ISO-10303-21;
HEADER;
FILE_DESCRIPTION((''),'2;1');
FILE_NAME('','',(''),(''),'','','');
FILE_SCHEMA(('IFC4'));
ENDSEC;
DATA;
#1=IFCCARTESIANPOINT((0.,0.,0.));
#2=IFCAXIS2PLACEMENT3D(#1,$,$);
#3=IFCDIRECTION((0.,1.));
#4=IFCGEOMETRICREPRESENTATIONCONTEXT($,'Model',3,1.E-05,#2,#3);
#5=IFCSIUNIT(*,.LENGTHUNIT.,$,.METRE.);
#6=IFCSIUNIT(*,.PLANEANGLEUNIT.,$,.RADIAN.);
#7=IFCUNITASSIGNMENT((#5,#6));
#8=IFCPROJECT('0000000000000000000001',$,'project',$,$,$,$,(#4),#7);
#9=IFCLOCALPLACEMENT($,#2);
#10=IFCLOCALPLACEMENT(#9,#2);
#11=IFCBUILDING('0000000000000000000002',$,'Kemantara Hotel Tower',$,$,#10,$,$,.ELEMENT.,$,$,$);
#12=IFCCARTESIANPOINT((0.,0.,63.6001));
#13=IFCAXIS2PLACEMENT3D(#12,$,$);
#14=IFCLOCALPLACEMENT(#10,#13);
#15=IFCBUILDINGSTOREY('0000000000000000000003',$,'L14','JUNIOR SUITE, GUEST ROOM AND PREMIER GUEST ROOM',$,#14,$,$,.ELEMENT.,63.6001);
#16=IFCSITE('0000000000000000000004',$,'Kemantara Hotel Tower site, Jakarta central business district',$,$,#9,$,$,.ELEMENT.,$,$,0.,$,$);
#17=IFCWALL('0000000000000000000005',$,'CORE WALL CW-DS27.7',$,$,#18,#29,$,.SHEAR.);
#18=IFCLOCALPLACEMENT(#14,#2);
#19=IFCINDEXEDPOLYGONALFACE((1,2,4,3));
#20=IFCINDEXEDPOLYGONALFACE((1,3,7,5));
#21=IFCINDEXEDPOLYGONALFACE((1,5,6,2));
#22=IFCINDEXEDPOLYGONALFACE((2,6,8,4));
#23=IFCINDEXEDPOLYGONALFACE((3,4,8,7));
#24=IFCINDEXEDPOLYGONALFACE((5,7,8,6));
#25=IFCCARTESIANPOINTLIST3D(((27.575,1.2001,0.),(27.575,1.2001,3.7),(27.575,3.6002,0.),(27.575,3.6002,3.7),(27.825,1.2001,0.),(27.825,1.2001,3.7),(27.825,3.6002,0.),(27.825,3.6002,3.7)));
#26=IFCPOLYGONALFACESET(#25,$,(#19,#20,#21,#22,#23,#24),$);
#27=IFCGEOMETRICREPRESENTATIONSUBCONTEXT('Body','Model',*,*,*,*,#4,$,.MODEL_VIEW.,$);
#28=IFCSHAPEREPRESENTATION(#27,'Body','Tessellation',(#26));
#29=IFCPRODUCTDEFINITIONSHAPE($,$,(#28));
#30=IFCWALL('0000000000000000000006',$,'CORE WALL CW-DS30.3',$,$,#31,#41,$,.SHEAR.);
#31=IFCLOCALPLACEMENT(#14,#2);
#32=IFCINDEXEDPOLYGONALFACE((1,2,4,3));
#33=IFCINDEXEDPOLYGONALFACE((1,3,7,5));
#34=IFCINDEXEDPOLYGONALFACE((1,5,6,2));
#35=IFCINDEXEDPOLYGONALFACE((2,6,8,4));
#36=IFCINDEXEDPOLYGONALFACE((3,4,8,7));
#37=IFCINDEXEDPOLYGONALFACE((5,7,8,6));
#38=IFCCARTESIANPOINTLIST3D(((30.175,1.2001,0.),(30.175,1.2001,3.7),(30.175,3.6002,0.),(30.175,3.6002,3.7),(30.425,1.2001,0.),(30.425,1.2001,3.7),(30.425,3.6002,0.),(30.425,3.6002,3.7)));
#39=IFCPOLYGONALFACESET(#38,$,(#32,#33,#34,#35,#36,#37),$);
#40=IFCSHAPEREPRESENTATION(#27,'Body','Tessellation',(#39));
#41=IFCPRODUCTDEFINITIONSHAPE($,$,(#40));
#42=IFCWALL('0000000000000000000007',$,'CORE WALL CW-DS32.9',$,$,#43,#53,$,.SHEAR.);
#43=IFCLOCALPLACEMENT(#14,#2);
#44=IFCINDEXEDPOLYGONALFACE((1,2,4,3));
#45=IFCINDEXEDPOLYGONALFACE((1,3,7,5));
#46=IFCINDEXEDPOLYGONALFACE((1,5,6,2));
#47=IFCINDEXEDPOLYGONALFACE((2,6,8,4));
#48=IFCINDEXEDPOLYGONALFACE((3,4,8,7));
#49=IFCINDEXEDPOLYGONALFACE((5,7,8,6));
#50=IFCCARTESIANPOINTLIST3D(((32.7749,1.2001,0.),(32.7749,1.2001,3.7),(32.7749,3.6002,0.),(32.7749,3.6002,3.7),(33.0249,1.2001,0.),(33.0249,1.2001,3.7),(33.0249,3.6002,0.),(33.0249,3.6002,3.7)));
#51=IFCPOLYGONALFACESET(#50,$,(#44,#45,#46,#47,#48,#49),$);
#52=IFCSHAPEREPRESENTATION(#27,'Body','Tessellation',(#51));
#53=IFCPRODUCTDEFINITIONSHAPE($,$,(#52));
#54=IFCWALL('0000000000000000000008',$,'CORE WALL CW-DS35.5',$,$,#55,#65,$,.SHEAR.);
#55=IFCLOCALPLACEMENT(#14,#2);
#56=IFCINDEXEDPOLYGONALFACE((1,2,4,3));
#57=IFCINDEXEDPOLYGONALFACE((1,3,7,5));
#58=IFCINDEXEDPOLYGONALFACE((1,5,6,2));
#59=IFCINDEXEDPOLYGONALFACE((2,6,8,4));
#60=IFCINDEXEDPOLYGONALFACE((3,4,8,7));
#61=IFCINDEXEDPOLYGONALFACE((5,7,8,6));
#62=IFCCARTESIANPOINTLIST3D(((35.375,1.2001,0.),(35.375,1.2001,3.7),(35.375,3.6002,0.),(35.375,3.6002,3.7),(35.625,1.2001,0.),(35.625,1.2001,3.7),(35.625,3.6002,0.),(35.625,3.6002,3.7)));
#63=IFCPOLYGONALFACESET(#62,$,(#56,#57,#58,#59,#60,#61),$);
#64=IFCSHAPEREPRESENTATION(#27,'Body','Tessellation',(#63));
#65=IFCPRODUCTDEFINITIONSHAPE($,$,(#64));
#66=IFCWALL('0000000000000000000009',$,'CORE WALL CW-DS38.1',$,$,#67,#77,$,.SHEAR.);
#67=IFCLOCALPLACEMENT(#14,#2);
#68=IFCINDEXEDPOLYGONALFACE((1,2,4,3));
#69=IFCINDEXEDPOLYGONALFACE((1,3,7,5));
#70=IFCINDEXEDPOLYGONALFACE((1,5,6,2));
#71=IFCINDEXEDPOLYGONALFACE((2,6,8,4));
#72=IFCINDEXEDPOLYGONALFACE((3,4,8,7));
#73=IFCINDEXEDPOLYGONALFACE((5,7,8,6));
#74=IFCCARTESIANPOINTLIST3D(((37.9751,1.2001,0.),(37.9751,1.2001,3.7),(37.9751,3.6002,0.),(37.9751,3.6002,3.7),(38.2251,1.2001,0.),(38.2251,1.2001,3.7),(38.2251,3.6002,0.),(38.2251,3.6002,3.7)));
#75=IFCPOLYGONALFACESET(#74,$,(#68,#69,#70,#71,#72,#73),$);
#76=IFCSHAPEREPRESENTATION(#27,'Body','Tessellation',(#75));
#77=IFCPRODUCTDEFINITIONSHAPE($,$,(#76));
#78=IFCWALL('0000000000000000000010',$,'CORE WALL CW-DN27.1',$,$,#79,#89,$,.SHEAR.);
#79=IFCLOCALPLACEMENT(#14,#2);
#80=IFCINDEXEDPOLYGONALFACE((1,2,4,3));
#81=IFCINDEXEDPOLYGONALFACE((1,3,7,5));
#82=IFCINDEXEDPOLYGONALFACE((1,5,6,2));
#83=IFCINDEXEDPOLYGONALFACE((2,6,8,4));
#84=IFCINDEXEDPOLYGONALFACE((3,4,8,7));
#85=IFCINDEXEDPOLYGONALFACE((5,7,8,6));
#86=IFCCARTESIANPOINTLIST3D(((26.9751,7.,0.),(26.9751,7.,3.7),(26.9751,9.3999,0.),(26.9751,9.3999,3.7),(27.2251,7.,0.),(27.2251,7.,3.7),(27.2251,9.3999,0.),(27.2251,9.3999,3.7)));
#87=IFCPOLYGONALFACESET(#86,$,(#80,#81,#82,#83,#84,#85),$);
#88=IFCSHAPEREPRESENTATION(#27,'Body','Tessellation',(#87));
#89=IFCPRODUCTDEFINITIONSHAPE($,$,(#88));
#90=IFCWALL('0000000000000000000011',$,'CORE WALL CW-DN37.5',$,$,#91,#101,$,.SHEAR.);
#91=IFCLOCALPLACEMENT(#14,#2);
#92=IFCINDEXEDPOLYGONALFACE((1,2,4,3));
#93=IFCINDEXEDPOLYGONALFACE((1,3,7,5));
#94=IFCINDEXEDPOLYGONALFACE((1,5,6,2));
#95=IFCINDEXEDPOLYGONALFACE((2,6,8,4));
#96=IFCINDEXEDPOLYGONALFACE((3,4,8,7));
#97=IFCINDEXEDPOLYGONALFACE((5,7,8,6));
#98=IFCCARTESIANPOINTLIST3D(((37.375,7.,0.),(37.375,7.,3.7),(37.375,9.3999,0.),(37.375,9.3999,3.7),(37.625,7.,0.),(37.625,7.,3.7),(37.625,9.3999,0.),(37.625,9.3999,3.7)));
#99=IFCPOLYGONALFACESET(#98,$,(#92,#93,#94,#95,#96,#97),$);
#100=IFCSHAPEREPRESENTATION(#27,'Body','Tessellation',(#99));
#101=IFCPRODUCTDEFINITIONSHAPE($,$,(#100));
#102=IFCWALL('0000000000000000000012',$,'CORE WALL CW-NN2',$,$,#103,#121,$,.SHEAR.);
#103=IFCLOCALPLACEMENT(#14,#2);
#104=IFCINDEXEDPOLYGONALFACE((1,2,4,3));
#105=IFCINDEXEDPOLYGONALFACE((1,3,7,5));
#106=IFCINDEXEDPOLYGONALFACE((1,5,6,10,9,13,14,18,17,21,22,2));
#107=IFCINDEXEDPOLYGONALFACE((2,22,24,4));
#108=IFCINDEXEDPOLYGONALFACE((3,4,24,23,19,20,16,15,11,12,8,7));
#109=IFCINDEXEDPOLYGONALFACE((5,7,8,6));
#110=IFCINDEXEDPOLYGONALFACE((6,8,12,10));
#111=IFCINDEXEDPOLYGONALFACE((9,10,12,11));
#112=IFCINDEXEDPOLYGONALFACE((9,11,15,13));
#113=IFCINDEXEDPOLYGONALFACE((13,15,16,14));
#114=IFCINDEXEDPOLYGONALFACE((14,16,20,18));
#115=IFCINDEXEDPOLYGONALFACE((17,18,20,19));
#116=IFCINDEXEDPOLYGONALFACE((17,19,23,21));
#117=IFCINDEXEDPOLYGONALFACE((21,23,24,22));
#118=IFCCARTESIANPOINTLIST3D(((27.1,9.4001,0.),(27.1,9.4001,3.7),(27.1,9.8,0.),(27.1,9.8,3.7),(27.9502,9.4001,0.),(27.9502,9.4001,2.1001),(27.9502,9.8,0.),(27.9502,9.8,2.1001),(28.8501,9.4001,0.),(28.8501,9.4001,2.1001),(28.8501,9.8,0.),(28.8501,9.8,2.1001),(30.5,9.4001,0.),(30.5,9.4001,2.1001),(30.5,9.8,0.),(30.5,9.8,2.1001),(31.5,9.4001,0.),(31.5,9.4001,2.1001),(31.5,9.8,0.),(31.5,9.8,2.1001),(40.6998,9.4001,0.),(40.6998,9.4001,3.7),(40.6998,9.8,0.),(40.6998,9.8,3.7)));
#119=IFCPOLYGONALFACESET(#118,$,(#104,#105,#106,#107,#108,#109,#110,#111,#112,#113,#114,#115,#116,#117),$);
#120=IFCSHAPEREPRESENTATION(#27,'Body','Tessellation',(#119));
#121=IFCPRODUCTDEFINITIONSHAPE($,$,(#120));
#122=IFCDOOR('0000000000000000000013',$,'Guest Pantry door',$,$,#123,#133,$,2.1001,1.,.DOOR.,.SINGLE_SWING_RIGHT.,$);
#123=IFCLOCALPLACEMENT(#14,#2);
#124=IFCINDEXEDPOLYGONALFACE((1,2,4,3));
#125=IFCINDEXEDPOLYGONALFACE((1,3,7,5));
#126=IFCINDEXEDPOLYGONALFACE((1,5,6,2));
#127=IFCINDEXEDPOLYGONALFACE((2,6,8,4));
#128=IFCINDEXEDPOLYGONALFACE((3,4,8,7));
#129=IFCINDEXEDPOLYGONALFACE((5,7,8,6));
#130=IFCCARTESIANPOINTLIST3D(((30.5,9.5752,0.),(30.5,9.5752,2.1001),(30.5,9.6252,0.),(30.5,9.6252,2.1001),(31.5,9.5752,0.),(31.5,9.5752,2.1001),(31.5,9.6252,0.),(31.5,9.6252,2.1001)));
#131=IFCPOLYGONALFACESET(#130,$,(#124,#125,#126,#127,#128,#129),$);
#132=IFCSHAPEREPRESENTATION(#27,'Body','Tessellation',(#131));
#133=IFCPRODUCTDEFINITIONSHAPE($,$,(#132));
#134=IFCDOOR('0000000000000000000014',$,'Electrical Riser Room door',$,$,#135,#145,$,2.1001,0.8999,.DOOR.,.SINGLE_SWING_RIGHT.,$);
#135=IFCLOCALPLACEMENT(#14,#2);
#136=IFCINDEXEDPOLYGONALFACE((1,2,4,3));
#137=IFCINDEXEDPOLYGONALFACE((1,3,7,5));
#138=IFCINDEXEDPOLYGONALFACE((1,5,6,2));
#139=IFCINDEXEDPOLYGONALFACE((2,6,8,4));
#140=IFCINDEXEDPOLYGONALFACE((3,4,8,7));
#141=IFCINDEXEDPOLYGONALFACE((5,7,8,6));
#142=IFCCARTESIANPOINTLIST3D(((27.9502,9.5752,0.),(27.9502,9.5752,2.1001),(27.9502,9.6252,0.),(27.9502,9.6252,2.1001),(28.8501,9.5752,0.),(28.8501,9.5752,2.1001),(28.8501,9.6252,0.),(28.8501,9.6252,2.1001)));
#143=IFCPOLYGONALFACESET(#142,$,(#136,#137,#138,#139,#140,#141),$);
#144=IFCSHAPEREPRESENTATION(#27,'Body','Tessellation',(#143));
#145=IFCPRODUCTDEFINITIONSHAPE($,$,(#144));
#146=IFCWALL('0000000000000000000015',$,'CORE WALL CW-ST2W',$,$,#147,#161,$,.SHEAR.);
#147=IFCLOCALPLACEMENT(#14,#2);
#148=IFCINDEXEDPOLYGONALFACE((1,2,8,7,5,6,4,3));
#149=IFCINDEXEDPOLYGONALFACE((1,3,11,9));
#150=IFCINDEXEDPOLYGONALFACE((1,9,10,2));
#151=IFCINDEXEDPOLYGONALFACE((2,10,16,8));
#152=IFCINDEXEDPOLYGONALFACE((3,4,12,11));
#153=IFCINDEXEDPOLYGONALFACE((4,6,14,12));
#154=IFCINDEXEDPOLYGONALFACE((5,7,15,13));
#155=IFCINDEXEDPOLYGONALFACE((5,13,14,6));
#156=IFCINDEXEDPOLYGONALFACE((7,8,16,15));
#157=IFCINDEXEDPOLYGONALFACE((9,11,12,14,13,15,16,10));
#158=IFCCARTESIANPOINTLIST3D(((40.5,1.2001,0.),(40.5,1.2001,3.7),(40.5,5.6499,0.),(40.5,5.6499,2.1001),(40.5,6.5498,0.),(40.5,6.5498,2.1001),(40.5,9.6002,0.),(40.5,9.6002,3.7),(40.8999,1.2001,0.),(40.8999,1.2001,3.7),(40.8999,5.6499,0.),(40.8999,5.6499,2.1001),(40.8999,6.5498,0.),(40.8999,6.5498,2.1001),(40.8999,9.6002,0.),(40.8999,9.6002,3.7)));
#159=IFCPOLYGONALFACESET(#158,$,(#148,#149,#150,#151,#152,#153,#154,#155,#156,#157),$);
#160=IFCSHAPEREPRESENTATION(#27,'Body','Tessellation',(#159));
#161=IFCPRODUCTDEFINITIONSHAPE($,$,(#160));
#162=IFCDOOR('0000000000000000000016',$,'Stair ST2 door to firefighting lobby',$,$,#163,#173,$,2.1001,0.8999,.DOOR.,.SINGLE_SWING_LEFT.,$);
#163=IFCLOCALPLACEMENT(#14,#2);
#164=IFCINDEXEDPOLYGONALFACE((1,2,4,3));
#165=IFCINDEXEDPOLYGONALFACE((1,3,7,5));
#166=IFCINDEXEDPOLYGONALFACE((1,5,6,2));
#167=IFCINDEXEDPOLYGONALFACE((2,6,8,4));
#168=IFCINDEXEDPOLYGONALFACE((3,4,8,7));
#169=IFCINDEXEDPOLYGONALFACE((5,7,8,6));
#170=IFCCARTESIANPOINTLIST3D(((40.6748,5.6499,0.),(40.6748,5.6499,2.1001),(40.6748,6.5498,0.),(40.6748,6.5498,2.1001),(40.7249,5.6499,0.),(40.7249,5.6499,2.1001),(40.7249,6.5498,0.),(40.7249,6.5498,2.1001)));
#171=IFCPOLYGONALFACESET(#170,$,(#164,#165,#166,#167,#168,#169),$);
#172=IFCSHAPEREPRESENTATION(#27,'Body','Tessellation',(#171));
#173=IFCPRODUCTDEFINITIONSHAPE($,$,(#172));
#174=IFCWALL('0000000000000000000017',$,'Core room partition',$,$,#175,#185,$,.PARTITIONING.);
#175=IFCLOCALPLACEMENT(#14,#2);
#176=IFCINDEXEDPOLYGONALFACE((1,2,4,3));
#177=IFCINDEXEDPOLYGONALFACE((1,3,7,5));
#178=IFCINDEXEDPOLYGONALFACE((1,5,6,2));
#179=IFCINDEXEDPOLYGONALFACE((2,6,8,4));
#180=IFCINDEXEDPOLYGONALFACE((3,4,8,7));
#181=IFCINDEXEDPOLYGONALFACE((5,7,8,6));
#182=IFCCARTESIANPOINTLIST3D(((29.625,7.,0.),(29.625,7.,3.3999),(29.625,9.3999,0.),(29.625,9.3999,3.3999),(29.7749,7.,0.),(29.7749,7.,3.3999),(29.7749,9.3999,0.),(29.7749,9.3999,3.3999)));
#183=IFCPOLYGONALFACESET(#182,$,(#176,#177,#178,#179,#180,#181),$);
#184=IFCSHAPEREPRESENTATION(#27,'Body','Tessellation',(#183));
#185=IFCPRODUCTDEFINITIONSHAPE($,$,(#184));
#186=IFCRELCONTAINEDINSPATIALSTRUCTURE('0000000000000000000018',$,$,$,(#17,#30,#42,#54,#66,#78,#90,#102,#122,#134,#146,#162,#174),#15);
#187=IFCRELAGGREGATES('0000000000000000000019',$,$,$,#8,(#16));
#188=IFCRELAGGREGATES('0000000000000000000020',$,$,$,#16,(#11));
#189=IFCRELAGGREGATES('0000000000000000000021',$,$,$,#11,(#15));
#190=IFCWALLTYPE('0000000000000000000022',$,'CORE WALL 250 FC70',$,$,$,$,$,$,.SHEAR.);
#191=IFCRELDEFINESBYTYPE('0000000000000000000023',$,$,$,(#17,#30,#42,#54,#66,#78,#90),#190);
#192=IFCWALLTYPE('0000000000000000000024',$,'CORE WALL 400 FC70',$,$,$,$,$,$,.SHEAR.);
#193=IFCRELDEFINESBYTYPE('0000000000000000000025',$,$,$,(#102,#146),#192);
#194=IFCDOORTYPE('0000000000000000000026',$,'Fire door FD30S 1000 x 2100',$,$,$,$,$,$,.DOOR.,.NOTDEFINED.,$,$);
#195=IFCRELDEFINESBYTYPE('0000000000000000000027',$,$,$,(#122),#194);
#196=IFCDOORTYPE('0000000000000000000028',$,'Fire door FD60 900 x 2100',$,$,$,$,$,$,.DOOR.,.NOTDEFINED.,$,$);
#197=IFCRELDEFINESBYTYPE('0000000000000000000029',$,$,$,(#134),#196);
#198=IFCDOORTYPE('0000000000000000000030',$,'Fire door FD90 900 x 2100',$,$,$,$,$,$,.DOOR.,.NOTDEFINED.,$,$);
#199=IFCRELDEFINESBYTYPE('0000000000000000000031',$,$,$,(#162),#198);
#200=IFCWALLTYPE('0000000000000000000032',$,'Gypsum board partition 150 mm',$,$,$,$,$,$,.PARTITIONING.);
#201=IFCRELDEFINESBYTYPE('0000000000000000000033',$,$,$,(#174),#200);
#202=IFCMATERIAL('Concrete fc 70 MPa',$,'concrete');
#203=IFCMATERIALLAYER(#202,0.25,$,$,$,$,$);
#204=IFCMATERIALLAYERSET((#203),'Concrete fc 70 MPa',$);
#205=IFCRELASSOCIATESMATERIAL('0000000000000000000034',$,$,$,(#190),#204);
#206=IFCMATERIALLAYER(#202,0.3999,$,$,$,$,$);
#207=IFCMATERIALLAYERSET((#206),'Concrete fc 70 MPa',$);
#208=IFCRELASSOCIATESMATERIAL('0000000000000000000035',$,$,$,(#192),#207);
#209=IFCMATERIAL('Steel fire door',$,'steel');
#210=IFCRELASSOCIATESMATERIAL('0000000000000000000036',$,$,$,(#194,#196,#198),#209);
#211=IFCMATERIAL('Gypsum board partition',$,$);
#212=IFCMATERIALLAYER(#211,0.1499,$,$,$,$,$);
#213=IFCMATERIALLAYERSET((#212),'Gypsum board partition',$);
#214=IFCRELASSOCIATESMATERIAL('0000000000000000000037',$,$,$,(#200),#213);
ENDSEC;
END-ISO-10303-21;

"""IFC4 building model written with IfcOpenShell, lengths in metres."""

from ifc_helpers import new_model, si_unit, direction, frame, frame_2d, origin, place, context, subcontext, project, spatial, rectangle, extrude, material, layer, layer_set, type_object, element, fill, save


model = new_model("IFC4")

# Units and contexts
model_context = context("Model", 3, precision=1e-05, world=origin(), true_north=direction((0.0, 1.0)))
body_context = subcontext(model_context, "Body", "Model", "MODEL_VIEW")
ifc_project = project(units=[si_unit("LENGTHUNIT", "METRE"), si_unit("PLANEANGLEUNIT", "RADIAN")], contexts=[model_context])

# Site, building, storey
site_placement = place(None, origin())
site = spatial("IfcSite", under=ifc_project, at=site_placement, Name="Kemantara Hotel Tower site, Jakarta central business district", CompositionType="ELEMENT", RefElevation=0.0)
building_placement = place(site_placement, origin())
building = spatial("IfcBuilding", under=site, at=building_placement, Name="Kemantara Hotel Tower", CompositionType="ELEMENT")
storey_placement = place(building_placement, frame((0.0, 0.0, 63.6001)))
storey = spatial("IfcBuildingStorey", under=building, at=storey_placement, Name="L14", Description="JUNIOR SUITE, GUEST ROOM AND PREMIER GUEST ROOM", CompositionType="ELEMENT", Elevation=63.6001)

# Walls
ifc_material_1 = material(Name="Concrete fc 70 MPa", Category="concrete")
ifc_layer_1 = layer(ifc_material_1, 0.25)
ifc_layer_set_1 = layer_set([ifc_layer_1], Name="Concrete fc 70 MPa")
wall_type_1 = type_object("IfcWallType", Name="CORE WALL 250 FC70", PredefinedType="SHEAR", material=ifc_layer_set_1)
for number, where, z_axis, x_axis, name in (
    (1, (27.7, 1.2, 0.0), (0.0, 0.0, 1.0), (0.0, 1.0, 0.0), "CORE WALL CW-DS27.7"),
    (2, (30.3, 1.2, 0.0), (0.0, 0.0, 1.0), (0.0, 1.0, 0.0), "CORE WALL CW-DS30.3"),
    (3, (32.8999, 1.2, 0.0), (0.0, 0.0, 1.0), (0.0, 1.0, 0.0), "CORE WALL CW-DS32.9"),
    (4, (35.5, 1.2, 0.0), (0.0, 0.0, 1.0), (0.0, 1.0, 0.0), "CORE WALL CW-DS35.5"),
    (5, (38.1001, 1.2, 0.0), (0.0, 0.0, 1.0), (0.0, 1.0, 0.0), "CORE WALL CW-DS38.1"),
):
    element("IfcWall", number, at=place(storey_placement, frame(where, z_axis=z_axis, x_axis=x_axis)), inside=storey, type_object=wall_type_1, Name=name, PredefinedType="SHEAR", context=body_context, shape_type="SweptSolid", body=[
        extrude(rectangle(XDim=2.4001, YDim=0.25, at=frame_2d((1.2002, 0.0))), origin(), (0.0, 0.0, 1.0), 3.7),
    ])
for number, where, z_axis, x_axis, name in (
    (6, (27.1001, 7.0, 0.0), (0.0, 0.0, 1.0), (0.0, 1.0, 0.0), "CORE WALL CW-DN27.1"),
    (7, (37.5, 7.0, 0.0), (0.0, 0.0, 1.0), (0.0, 1.0, 0.0), "CORE WALL CW-DN37.5"),
):
    element("IfcWall", number, at=place(storey_placement, frame(where, z_axis=z_axis, x_axis=x_axis)), inside=storey, type_object=wall_type_1, Name=name, PredefinedType="SHEAR", context=body_context, shape_type="SweptSolid", body=[
        extrude(rectangle(XDim=2.3999, YDim=0.25, at=frame_2d((1.2, 0.0))), origin(), (0.0, 0.0, 1.0), 3.7),
    ])

# Wall, openings, doors
ifc_layer_2 = layer(ifc_material_1, 0.3999)
ifc_layer_set_2 = layer_set([ifc_layer_2], Name="Concrete fc 70 MPa")
wall_type_2 = type_object("IfcWallType", Name="CORE WALL 400 FC70", PredefinedType="SHEAR", material=ifc_layer_set_2)
wall_1_placement = place(storey_placement, frame((27.1001, 9.6001, 0.0), z_axis=(0.0, 0.0, 1.0), x_axis=(1.0, 0.0, 0.0)))
wall_1 = element("IfcWall", 8, at=wall_1_placement, inside=storey, type_object=wall_type_2, Name="CORE WALL CW-NN2", PredefinedType="SHEAR", context=body_context, shape_type="SweptSolid", body=[
    extrude(rectangle(XDim=13.5999, YDim=0.3999, at=frame_2d((6.7998, 0.0))), origin(), (0.0, 0.0, 1.0), 3.7),
])
opening_1_placement = place(wall_1_placement, frame((0.8501, 0.0, 0.0)))
opening_1 = element("IfcOpeningElement", 9, at=opening_1_placement, cuts=wall_1, PredefinedType="OPENING", context=body_context, shape_type="SweptSolid", body=[
    extrude(rectangle(XDim=0.8999, YDim=2.1001, at=frame_2d((0.45, 1.05))), frame((0.0, 0.21, 0.0), z_axis=(0.0, -1.0, 0.0), x_axis=(1.0, 0.0, 0.0)), (0.0, 0.0, 1.0), 0.4199),
])
opening_2_placement = place(wall_1_placement, frame((3.3999, 0.0, 0.0)))
opening_2 = element("IfcOpeningElement", 10, at=opening_2_placement, cuts=wall_1, PredefinedType="OPENING", context=body_context, shape_type="SweptSolid", body=[
    extrude(rectangle(XDim=1.0, YDim=2.1001, at=frame_2d((0.5, 1.05))), frame((0.0, 0.21, 0.0), z_axis=(0.0, -1.0, 0.0), x_axis=(1.0, 0.0, 0.0)), (0.0, 0.0, 1.0), 0.4199),
])
ifc_material_2 = material(Name="Steel fire door", Category="steel")
door_type_1 = type_object("IfcDoorType", Name="Fire door FD30S 1000 x 2100", OperationType="NOTDEFINED", PredefinedType="DOOR", material=ifc_material_2)
door_1_placement = place(opening_2_placement, frame((1.0, 0.0, 0.0), z_axis=(0.0, 0.0, 1.0), x_axis=(-1.0, 0.0, 0.0)))
door_1 = element("IfcDoor", 11, at=door_1_placement, inside=storey, type_object=door_type_1, Name="Guest Pantry door", OperationType="SINGLE_SWING_RIGHT", OverallHeight=2.1001, OverallWidth=1.0, PredefinedType="DOOR", context=body_context, shape_type="SweptSolid", body=[
    extrude(rectangle(XDim=1.0, YDim=2.1001, at=frame_2d((0.5, 1.05))), frame((0.0, 0.0249, 0.0), z_axis=(0.0, -1.0, 0.0), x_axis=(1.0, 0.0, 0.0)), (0.0, 0.0, 1.0), 0.05),
])
fill(opening_2, door_1)
door_type_2 = type_object("IfcDoorType", Name="Fire door FD60 900 x 2100", OperationType="NOTDEFINED", PredefinedType="DOOR", material=ifc_material_2)
door_2_placement = place(opening_1_placement, frame((0.8999, 0.0, 0.0), z_axis=(0.0, 0.0, 1.0), x_axis=(-1.0, 0.0, 0.0)))
door_2 = element("IfcDoor", 12, at=door_2_placement, inside=storey, type_object=door_type_2, Name="Electrical Riser Room door", OperationType="SINGLE_SWING_RIGHT", OverallHeight=2.1001, OverallWidth=0.8999, PredefinedType="DOOR", context=body_context, shape_type="SweptSolid", body=[
    extrude(rectangle(XDim=0.8999, YDim=2.1001, at=frame_2d((0.45, 1.05))), frame((0.0, 0.0249, 0.0), z_axis=(0.0, -1.0, 0.0), x_axis=(1.0, 0.0, 0.0)), (0.0, 0.0, 1.0), 0.05),
])
fill(opening_1, door_2)

# Wall, opening, door
wall_2_placement = place(storey_placement, frame((40.7, 1.2, 0.0), z_axis=(0.0, 0.0, 1.0), x_axis=(0.0, 1.0, 0.0)))
wall_2 = element("IfcWall", 13, at=wall_2_placement, inside=storey, type_object=wall_type_2, Name="CORE WALL CW-ST2W", PredefinedType="SHEAR", context=body_context, shape_type="SweptSolid", body=[
    extrude(rectangle(XDim=8.4001, YDim=0.3999, at=frame_2d((4.2002, 0.0))), origin(), (0.0, 0.0, 1.0), 3.7),
])
opening_3_placement = place(wall_2_placement, frame((4.45, 0.0, 0.0)))
opening_3 = element("IfcOpeningElement", 14, at=opening_3_placement, cuts=wall_2, PredefinedType="OPENING", context=body_context, shape_type="SweptSolid", body=[
    extrude(rectangle(XDim=0.8999, YDim=2.1001, at=frame_2d((0.45, 1.05))), frame((0.0, 0.21, 0.0), z_axis=(0.0, -1.0, 0.0), x_axis=(1.0, 0.0, 0.0)), (0.0, 0.0, 1.0), 0.4199),
])
door_type_3 = type_object("IfcDoorType", Name="Fire door FD90 900 x 2100", OperationType="NOTDEFINED", PredefinedType="DOOR", material=ifc_material_2)
door_3_placement = place(opening_3_placement, frame((0.8999, 0.0, 0.0), z_axis=(0.0, 0.0, 1.0), x_axis=(-1.0, 0.0, 0.0)))
door_3 = element("IfcDoor", 15, at=door_3_placement, inside=storey, type_object=door_type_3, Name="Stair ST2 door to firefighting lobby", OperationType="SINGLE_SWING_LEFT", OverallHeight=2.1001, OverallWidth=0.8999, PredefinedType="DOOR", context=body_context, shape_type="SweptSolid", body=[
    extrude(rectangle(XDim=0.8999, YDim=2.1001, at=frame_2d((0.45, 1.05))), frame((0.0, 0.0249, 0.0), z_axis=(0.0, -1.0, 0.0), x_axis=(1.0, 0.0, 0.0)), (0.0, 0.0, 1.0), 0.05),
])
fill(opening_3, door_3)

# Wall
ifc_material_3 = material(Name="Gypsum board partition")
ifc_layer_3 = layer(ifc_material_3, 0.1499)
ifc_layer_set_3 = layer_set([ifc_layer_3], Name="Gypsum board partition")
wall_type_3 = type_object("IfcWallType", Name="Gypsum board partition 150 mm", PredefinedType="PARTITIONING", material=ifc_layer_set_3)
wall_3_placement = place(storey_placement, frame((29.7, 7.0, 0.0), z_axis=(0.0, 0.0, 1.0), x_axis=(0.0, 1.0, 0.0)))
element("IfcWall", 16, at=wall_3_placement, inside=storey, type_object=wall_type_3, Name="Core room partition", PredefinedType="PARTITIONING", context=body_context, shape_type="SweptSolid", body=[
    extrude(rectangle(XDim=2.3999, YDim=0.1499, at=frame_2d((1.2, 0.0))), origin(), (0.0, 0.0, 1.0), 3.3999),
])

save(model, "model.ifc")
